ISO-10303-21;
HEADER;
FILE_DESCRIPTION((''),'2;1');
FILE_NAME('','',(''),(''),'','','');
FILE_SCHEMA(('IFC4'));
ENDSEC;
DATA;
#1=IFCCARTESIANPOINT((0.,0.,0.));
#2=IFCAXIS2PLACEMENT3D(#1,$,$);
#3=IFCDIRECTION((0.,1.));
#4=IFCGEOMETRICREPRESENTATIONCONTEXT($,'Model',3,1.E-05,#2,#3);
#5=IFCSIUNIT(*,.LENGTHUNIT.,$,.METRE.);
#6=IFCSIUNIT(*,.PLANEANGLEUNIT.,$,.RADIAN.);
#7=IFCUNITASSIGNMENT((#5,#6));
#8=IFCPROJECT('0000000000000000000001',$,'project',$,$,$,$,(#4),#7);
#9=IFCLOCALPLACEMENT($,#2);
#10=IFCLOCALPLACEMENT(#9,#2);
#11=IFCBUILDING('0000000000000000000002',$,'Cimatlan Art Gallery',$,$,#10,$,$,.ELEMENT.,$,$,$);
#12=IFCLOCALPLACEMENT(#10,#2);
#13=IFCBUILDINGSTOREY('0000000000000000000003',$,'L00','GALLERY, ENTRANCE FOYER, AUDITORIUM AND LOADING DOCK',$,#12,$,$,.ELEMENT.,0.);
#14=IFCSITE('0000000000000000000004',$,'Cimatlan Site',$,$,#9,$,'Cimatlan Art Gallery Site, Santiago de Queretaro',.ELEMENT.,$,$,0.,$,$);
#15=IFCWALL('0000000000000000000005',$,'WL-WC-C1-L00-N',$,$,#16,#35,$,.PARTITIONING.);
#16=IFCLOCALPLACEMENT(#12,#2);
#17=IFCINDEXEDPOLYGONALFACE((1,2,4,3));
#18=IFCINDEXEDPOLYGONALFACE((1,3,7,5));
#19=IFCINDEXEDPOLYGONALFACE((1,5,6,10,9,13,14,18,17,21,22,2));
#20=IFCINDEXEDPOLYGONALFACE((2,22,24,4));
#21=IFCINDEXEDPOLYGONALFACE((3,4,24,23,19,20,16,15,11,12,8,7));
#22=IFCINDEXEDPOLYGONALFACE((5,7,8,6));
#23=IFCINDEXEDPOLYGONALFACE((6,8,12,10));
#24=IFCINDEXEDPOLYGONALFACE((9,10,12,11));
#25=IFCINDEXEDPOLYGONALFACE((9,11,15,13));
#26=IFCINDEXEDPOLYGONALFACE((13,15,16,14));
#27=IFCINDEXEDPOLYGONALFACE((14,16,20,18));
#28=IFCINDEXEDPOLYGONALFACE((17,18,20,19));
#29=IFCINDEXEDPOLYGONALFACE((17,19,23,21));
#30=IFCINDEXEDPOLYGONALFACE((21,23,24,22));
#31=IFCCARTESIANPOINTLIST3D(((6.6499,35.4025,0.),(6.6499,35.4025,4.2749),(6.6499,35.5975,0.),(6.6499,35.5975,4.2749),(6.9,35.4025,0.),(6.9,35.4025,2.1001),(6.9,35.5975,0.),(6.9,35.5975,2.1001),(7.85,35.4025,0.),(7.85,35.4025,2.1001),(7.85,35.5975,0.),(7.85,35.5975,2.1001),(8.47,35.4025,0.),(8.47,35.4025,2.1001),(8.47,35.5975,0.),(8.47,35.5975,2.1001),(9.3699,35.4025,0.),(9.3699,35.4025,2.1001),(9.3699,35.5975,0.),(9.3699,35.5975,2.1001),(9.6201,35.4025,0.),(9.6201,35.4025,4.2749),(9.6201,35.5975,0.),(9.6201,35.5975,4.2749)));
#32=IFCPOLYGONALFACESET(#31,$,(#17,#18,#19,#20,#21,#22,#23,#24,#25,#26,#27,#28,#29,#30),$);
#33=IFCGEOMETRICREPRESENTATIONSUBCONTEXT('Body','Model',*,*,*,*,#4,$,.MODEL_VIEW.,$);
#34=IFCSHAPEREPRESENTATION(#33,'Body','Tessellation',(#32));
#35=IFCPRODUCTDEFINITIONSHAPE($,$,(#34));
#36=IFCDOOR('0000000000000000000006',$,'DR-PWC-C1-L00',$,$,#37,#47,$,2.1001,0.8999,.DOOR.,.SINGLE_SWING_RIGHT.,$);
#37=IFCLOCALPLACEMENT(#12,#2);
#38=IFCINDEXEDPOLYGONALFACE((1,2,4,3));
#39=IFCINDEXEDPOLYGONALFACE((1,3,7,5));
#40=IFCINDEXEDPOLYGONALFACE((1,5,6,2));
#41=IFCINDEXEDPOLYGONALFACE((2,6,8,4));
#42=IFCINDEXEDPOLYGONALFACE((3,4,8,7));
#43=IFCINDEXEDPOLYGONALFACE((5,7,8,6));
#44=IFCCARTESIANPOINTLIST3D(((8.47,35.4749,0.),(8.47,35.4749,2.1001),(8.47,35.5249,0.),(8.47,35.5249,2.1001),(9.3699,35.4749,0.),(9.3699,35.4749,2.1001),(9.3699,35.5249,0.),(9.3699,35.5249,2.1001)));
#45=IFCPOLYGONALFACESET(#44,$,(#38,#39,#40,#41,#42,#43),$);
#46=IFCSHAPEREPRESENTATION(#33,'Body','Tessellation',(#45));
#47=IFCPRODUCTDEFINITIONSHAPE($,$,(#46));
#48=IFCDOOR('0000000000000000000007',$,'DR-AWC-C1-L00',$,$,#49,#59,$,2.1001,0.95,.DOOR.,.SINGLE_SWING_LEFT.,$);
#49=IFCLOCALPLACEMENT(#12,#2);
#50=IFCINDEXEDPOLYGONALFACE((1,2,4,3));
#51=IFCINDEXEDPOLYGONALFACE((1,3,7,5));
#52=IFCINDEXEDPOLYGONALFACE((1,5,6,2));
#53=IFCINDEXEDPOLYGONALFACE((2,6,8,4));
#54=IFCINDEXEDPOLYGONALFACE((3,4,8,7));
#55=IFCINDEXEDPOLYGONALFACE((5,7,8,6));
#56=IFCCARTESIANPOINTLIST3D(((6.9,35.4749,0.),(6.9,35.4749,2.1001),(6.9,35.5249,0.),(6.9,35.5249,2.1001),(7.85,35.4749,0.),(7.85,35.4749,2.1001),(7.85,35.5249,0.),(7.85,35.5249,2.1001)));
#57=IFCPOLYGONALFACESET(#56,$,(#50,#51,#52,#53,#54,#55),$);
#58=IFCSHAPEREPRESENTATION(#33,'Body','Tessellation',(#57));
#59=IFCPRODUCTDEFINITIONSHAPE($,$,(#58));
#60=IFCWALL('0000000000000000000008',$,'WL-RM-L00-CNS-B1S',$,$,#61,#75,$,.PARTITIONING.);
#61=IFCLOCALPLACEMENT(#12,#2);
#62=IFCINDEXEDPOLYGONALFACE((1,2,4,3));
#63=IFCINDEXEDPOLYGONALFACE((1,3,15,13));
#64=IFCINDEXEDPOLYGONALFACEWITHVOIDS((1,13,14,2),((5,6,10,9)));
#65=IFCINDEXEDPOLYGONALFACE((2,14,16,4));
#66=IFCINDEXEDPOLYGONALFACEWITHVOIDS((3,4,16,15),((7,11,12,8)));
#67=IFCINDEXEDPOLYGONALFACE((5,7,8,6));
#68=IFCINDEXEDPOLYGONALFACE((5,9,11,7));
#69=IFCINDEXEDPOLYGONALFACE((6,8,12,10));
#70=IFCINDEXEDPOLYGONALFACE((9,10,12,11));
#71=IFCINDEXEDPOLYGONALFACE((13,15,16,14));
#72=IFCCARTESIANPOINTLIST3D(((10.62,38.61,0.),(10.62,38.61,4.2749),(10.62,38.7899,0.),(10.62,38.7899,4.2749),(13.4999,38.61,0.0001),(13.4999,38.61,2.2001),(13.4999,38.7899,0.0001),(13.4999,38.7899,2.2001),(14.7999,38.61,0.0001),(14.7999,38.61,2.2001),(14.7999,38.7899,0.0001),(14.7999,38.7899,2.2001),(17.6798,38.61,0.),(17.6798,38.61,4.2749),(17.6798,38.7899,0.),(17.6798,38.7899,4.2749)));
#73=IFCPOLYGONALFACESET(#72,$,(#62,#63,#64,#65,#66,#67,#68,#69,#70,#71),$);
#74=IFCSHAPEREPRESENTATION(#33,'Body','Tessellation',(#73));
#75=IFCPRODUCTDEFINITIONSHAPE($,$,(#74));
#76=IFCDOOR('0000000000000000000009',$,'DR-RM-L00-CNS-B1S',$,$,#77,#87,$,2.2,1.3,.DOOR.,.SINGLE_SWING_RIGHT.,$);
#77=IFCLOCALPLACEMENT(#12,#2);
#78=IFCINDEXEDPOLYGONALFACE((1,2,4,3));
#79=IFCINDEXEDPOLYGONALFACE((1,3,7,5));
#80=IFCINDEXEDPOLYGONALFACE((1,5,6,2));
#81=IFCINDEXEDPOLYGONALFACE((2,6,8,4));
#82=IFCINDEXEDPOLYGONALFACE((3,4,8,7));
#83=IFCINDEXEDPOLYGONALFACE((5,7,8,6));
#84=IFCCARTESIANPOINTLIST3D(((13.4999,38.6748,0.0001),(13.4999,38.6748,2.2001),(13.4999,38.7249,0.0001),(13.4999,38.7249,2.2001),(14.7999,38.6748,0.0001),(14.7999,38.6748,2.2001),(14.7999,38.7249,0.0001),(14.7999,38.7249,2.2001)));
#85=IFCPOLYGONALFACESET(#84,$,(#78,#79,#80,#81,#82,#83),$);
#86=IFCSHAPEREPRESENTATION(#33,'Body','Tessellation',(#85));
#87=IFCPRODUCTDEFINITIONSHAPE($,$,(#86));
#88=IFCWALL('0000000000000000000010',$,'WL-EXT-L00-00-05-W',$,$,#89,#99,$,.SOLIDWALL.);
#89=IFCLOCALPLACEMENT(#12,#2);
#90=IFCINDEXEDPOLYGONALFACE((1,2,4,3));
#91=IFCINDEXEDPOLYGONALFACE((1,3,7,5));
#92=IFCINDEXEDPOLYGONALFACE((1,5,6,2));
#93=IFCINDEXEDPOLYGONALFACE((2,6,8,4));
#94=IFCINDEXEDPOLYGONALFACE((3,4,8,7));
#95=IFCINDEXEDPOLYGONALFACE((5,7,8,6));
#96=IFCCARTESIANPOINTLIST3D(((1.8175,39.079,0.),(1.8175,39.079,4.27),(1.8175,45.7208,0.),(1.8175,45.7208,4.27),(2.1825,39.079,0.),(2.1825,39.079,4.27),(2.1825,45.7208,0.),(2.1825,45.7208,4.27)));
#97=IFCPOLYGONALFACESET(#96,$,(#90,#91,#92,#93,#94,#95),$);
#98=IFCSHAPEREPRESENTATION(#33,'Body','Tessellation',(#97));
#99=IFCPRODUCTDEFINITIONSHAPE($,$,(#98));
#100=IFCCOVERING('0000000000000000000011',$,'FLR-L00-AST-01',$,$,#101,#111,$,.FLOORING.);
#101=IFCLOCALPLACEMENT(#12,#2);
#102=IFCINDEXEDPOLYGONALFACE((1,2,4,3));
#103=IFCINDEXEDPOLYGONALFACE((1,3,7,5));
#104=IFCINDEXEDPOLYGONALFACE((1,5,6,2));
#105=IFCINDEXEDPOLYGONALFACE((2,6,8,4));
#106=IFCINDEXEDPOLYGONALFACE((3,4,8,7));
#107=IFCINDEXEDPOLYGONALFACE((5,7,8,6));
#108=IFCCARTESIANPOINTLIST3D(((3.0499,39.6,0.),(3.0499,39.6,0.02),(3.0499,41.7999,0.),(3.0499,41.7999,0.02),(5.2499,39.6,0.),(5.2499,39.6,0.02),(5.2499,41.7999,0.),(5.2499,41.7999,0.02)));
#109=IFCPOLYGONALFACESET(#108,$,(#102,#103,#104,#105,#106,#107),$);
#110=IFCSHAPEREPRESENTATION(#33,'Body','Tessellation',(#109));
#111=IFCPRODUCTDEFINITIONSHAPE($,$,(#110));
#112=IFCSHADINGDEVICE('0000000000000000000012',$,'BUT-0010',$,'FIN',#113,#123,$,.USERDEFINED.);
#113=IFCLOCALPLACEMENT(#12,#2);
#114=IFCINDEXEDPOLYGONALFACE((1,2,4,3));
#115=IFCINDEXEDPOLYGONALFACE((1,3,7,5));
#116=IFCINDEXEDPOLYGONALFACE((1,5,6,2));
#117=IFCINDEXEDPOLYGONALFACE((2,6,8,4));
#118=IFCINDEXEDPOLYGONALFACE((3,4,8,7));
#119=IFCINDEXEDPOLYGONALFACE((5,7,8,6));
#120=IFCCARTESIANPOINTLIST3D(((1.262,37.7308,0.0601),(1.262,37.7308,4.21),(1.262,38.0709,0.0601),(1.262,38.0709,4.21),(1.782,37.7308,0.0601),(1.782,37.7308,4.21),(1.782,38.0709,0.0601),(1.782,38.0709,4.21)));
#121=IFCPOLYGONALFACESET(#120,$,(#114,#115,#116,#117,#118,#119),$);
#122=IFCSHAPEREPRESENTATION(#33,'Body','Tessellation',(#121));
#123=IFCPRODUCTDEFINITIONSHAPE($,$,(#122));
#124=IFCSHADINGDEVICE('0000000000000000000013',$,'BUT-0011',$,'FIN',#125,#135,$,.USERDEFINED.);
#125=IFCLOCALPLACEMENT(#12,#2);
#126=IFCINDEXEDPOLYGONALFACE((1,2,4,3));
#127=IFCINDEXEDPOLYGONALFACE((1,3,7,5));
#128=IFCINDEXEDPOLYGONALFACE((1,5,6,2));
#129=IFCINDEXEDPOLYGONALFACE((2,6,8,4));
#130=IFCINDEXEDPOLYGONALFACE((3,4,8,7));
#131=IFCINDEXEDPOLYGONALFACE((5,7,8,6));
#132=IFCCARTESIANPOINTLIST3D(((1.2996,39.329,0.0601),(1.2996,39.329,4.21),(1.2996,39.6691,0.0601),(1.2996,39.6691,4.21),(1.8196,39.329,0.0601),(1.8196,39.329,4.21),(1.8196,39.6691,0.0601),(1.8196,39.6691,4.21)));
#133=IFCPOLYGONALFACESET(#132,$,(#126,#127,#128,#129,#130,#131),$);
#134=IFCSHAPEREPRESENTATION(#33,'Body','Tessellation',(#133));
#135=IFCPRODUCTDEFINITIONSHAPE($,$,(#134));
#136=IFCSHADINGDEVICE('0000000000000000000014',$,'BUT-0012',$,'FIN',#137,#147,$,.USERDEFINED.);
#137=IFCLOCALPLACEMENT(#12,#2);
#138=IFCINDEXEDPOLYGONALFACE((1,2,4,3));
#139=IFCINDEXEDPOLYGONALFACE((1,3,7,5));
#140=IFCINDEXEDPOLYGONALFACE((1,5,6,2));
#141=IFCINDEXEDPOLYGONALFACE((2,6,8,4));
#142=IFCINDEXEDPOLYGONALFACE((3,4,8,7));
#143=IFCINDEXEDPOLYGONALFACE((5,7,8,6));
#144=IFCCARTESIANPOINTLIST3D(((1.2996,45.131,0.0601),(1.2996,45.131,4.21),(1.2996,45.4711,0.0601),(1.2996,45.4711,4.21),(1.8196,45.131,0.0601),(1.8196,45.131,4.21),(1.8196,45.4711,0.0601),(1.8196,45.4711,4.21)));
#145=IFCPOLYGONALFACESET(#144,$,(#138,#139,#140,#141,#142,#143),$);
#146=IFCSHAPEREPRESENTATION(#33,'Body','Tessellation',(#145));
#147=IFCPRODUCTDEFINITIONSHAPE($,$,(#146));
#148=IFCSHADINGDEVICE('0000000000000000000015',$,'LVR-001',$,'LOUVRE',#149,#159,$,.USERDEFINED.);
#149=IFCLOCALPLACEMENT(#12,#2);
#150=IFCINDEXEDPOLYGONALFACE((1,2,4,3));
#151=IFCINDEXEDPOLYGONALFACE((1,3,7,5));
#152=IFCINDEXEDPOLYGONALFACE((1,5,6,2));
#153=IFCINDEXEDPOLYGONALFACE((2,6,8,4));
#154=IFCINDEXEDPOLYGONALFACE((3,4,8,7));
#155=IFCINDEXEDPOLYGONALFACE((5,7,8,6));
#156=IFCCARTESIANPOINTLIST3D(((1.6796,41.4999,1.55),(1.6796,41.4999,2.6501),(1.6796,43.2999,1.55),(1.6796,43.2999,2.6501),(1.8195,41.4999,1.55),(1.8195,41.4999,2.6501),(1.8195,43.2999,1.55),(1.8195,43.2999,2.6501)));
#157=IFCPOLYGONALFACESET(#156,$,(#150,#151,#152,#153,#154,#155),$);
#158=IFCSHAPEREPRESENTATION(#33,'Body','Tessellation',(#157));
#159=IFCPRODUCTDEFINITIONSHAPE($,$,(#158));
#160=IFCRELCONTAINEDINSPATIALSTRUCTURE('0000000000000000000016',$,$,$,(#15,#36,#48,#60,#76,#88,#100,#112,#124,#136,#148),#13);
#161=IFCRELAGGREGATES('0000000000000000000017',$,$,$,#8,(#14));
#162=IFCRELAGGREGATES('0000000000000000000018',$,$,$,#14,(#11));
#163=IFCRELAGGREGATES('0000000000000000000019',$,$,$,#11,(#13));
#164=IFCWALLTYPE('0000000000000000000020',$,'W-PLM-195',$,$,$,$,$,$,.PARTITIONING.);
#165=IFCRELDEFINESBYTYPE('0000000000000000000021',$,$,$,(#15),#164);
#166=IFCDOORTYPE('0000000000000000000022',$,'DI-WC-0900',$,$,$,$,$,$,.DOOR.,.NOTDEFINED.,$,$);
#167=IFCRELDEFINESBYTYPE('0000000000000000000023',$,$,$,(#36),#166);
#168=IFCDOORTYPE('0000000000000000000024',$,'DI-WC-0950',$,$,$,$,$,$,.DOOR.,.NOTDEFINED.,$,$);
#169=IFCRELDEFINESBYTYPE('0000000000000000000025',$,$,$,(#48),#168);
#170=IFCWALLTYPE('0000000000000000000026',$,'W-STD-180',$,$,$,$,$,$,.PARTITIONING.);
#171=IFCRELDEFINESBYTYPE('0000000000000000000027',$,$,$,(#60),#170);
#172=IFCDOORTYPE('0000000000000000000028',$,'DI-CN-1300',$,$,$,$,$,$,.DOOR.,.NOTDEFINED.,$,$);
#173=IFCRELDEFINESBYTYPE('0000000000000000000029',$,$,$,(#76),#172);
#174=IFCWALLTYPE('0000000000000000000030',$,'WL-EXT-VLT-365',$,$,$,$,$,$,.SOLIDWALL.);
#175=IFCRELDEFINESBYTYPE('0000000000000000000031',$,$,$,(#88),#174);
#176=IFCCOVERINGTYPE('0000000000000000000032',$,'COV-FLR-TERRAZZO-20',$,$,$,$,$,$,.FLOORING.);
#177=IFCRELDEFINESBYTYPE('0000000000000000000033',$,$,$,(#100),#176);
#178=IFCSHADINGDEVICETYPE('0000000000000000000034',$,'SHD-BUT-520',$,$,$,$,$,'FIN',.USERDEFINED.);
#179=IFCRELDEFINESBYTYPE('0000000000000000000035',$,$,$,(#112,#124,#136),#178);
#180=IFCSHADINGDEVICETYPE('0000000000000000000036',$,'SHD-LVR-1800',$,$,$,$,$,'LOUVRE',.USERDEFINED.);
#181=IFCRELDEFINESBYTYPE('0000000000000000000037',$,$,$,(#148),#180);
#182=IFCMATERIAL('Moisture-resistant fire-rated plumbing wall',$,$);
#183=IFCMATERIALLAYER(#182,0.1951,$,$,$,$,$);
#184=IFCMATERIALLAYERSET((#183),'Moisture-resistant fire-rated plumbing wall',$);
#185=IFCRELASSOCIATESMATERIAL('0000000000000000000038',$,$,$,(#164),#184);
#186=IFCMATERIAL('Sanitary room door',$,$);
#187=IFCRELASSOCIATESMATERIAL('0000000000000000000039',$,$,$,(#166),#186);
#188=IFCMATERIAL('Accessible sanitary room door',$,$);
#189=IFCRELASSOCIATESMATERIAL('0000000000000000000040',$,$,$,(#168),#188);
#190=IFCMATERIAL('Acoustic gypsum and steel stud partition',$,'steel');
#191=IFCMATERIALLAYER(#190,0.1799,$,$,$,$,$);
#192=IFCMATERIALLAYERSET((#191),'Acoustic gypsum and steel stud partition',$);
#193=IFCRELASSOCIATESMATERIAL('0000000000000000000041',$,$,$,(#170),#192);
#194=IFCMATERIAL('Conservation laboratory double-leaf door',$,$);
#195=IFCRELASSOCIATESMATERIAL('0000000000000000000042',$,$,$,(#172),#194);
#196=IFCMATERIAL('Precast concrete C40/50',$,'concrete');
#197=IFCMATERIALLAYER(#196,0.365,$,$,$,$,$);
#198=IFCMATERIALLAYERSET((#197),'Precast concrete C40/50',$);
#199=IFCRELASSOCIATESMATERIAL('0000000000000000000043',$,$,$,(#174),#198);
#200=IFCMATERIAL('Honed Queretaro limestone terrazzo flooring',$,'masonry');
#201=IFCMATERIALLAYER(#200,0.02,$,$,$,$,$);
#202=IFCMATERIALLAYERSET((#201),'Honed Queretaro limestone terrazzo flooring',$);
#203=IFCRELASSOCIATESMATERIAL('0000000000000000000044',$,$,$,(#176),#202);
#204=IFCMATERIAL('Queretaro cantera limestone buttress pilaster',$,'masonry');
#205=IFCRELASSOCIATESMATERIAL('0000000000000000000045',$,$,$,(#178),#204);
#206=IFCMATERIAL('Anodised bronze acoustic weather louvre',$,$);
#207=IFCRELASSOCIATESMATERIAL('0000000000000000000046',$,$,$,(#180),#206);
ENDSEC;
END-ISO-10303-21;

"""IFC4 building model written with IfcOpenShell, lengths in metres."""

from ifc_helpers import new_model, si_unit, direction, frame, frame_2d, origin, origin_2d, place, context, subcontext, project, spatial, rectangle, extrude, material, layer, layer_set, type_object, element, fill, save


model = new_model("IFC4")

# Units and contexts
model_context = context("Model", 3, precision=1e-05, world=origin(), true_north=direction((0.0, 1.0)))
body_context = subcontext(model_context, "Body", "Model", "MODEL_VIEW")
ifc_project = project(units=[si_unit("LENGTHUNIT", "METRE"), si_unit("PLANEANGLEUNIT", "RADIAN")], contexts=[model_context])

# Site, building, storey
site_placement = place(None, origin())
site = spatial("IfcSite", under=ifc_project, at=site_placement, Name="Cimatlan Site", LongName="Cimatlan Art Gallery Site, Santiago de Queretaro", CompositionType="ELEMENT", RefElevation=0.0)
building_placement = place(site_placement, origin())
building = spatial("IfcBuilding", under=site, at=building_placement, Name="Cimatlan Art Gallery", CompositionType="ELEMENT")
storey_placement = place(building_placement, origin())
storey = spatial("IfcBuildingStorey", under=building, at=storey_placement, Name="L00", Description="GALLERY, ENTRANCE FOYER, AUDITORIUM AND LOADING DOCK", CompositionType="ELEMENT", Elevation=0.0)

# Shared definitions
ifc_material_1 = material(Name="Precast concrete C40/50", Category="concrete")
ifc_material_2 = material(Name="Acoustic gypsum and steel stud partition", Category="steel")

# Wall, openings, doors
ifc_material_3 = material(Name="Moisture-resistant fire-rated plumbing wall")
ifc_layer_1 = layer(ifc_material_3, 0.1951)
ifc_layer_set_1 = layer_set([ifc_layer_1], Name="Moisture-resistant fire-rated plumbing wall")
wall_type_1 = type_object("IfcWallType", Name="W-PLM-195", PredefinedType="PARTITIONING", material=ifc_layer_set_1)
wall_1_placement = place(storey_placement, frame((6.6499, 35.5, 0.0), z_axis=(0.0, 0.0, 1.0), x_axis=(1.0, 0.0, 0.0)))
wall_1 = element("IfcWall", 1, at=wall_1_placement, inside=storey, type_object=wall_type_1, Name="WL-WC-C1-L00-N", PredefinedType="PARTITIONING", context=body_context, shape_type="SweptSolid", body=[
    extrude(rectangle(XDim=2.9702, YDim=0.1951, at=frame_2d((1.4851, 0.0))), origin(), (0.0, 0.0, 1.0), 4.2749),
])
opening_1_placement = place(wall_1_placement, frame((0.25, 0.0, 0.0)))
opening_1 = element("IfcOpeningElement", 2, at=opening_1_placement, cuts=wall_1, PredefinedType="OPENING", context=body_context, shape_type="SweptSolid", body=[
    extrude(rectangle(XDim=0.95, YDim=2.1001, at=frame_2d((0.4751, 1.05))), frame((0.0, 0.1074, 0.0), z_axis=(0.0, -1.0, 0.0), x_axis=(1.0, 0.0, 0.0)), (0.0, 0.0, 1.0), 0.2151),
])
opening_2_placement = place(wall_1_placement, frame((1.8201, 0.0, 0.0)))
opening_2 = element("IfcOpeningElement", 3, at=opening_2_placement, cuts=wall_1, PredefinedType="OPENING", context=body_context, shape_type="SweptSolid", body=[
    extrude(rectangle(XDim=0.8999, YDim=2.1001, at=frame_2d((0.45, 1.05))), frame((0.0, 0.1074, 0.0), z_axis=(0.0, -1.0, 0.0), x_axis=(1.0, 0.0, 0.0)), (0.0, 0.0, 1.0), 0.2151),
])
ifc_material_4 = material(Name="Sanitary room door")
door_type_1 = type_object("IfcDoorType", Name="DI-WC-0900", OperationType="NOTDEFINED", PredefinedType="DOOR", material=ifc_material_4)
door_1_placement = place(opening_2_placement, origin())
door_1 = element("IfcDoor", 4, at=door_1_placement, inside=storey, type_object=door_type_1, Name="DR-PWC-C1-L00", OperationType="SINGLE_SWING_RIGHT", OverallHeight=2.1001, OverallWidth=0.8999, PredefinedType="DOOR", context=body_context, shape_type="SweptSolid", body=[
    extrude(rectangle(XDim=0.8999, YDim=2.1001, at=frame_2d((0.45, 1.05))), frame((0.0, 0.0249, 0.0), z_axis=(0.0, -1.0, 0.0), x_axis=(1.0, 0.0, 0.0)), (0.0, 0.0, 1.0), 0.05),
])
fill(opening_2, door_1)
ifc_material_5 = material(Name="Accessible sanitary room door")
door_type_2 = type_object("IfcDoorType", Name="DI-WC-0950", OperationType="NOTDEFINED", PredefinedType="DOOR", material=ifc_material_5)
door_2_placement = place(opening_1_placement, origin())
door_2 = element("IfcDoor", 5, at=door_2_placement, inside=storey, type_object=door_type_2, Name="DR-AWC-C1-L00", OperationType="SINGLE_SWING_LEFT", OverallHeight=2.1001, OverallWidth=0.95, PredefinedType="DOOR", context=body_context, shape_type="SweptSolid", body=[
    extrude(rectangle(XDim=0.95, YDim=2.1001, at=frame_2d((0.4751, 1.05))), frame((0.0, 0.0249, 0.0), z_axis=(0.0, -1.0, 0.0), x_axis=(1.0, 0.0, 0.0)), (0.0, 0.0, 1.0), 0.05),
])
fill(opening_1, door_2)

# Wall, opening, door
ifc_layer_2 = layer(ifc_material_2, 0.1799)
ifc_layer_set_2 = layer_set([ifc_layer_2], Name="Acoustic gypsum and steel stud partition")
wall_type_2 = type_object("IfcWallType", Name="W-STD-180", PredefinedType="PARTITIONING", material=ifc_layer_set_2)
wall_2_placement = place(storey_placement, frame((10.6201, 38.7, 0.0), z_axis=(0.0, 0.0, 1.0), x_axis=(1.0, 0.0, 0.0)))
wall_2 = element("IfcWall", 6, at=wall_2_placement, inside=storey, type_object=wall_type_2, Name="WL-RM-L00-CNS-B1S", PredefinedType="PARTITIONING", context=body_context, shape_type="SweptSolid", body=[
    extrude(rectangle(XDim=7.0598, YDim=0.1799, at=frame_2d((3.5298, 0.0))), origin(), (0.0, 0.0, 1.0), 4.2749),
])
opening_3_placement = place(wall_2_placement, frame((2.8799, 0.0, 0.0)))
opening_3 = element("IfcOpeningElement", 7, at=opening_3_placement, cuts=wall_2, PredefinedType="OPENING", context=body_context, shape_type="SweptSolid", body=[
    extrude(rectangle(XDim=1.3, YDim=2.2, at=frame_2d((0.6499, 1.1001))), frame((0.0, 0.1001, 0.0), z_axis=(0.0, -1.0, 0.0), x_axis=(1.0, 0.0, 0.0)), (0.0, 0.0, 1.0), 0.2),
])
ifc_material_6 = material(Name="Conservation laboratory double-leaf door")
door_type_3 = type_object("IfcDoorType", Name="DI-CN-1300", OperationType="NOTDEFINED", PredefinedType="DOOR", material=ifc_material_6)
door_3_placement = place(opening_3_placement, origin())
door_3 = element("IfcDoor", 8, at=door_3_placement, inside=storey, type_object=door_type_3, Name="DR-RM-L00-CNS-B1S", OperationType="SINGLE_SWING_RIGHT", OverallHeight=2.2, OverallWidth=1.3, PredefinedType="DOOR", context=body_context, shape_type="SweptSolid", body=[
    extrude(rectangle(XDim=1.3, YDim=2.2, at=frame_2d((0.6499, 1.1001))), frame((0.0, 0.0249, 0.0), z_axis=(0.0, -1.0, 0.0), x_axis=(1.0, 0.0, 0.0)), (0.0, 0.0, 1.0), 0.05),
])
fill(opening_3, door_3)

# Wall
ifc_layer_3 = layer(ifc_material_1, 0.365)
ifc_layer_set_3 = layer_set([ifc_layer_3], Name="Precast concrete C40/50")
wall_type_3 = type_object("IfcWallType", Name="WL-EXT-VLT-365", PredefinedType="SOLIDWALL", material=ifc_layer_set_3)
wall_3_placement = place(storey_placement, frame((2.0, 39.0791, 0.0), z_axis=(0.0, 0.0, 1.0), x_axis=(0.0, 1.0, 0.0)))
element("IfcWall", 9, at=wall_3_placement, inside=storey, type_object=wall_type_3, Name="WL-EXT-L00-00-05-W", PredefinedType="SOLIDWALL", context=body_context, shape_type="SweptSolid", body=[
    extrude(rectangle(XDim=6.6418, YDim=0.365, at=frame_2d((3.3208, 0.0))), origin(), (0.0, 0.0, 1.0), 4.27),
])

# Covering
ifc_material_7 = material(Name="Honed Queretaro limestone terrazzo flooring", Category="masonry")
ifc_layer_4 = layer(ifc_material_7, 0.02)
ifc_layer_set_4 = layer_set([ifc_layer_4], Name="Honed Queretaro limestone terrazzo flooring")
covering_type = type_object("IfcCoveringType", Name="COV-FLR-TERRAZZO-20", PredefinedType="FLOORING", material=ifc_layer_set_4)
covering_placement = place(storey_placement, frame((4.1499, 40.7, 0.0), z_axis=(0.0, 0.0, 1.0), x_axis=(1.0, 0.0, 0.0)))
element("IfcCovering", 10, at=covering_placement, inside=storey, type_object=covering_type, Name="FLR-L00-AST-01", PredefinedType="FLOORING", context=body_context, shape_type="SweptSolid", body=[
    extrude(rectangle(XDim=2.2, YDim=2.2, at=origin_2d()), origin(), (0.0, 0.0, 1.0), 0.02),
])

# Shading devices
ifc_material_8 = material(Name="Queretaro cantera limestone buttress pilaster", Category="masonry")
shading_device_type_1 = type_object("IfcShadingDeviceType", Name="SHD-BUT-520", ElementType="FIN", PredefinedType="USERDEFINED", material=ifc_material_8)
for number, where, z_axis, x_axis, name in (
    (11, (1.522, 37.9009, 0.0601), (0.0, 0.0, 1.0), (0.0, 1.0, 0.0), "BUT-0010"),
    (12, (1.5596, 39.499, 0.0601), (0.0, 0.0, 1.0), (0.0, 1.0, 0.0), "BUT-0011"),
    (13, (1.5596, 45.301, 0.0601), (0.0, 0.0, 1.0), (0.0, 1.0, 0.0), "BUT-0012"),
):
    element("IfcShadingDevice", number, at=place(storey_placement, frame(where, z_axis=z_axis, x_axis=x_axis)), inside=storey, type_object=shading_device_type_1, Name=name, ObjectType="FIN", PredefinedType="USERDEFINED", context=body_context, shape_type="SweptSolid", body=[
        extrude(rectangle(XDim=0.3401, YDim=0.52, at=origin_2d()), origin(), (0.0, 0.0, 1.0), 4.1499),
    ])
ifc_material_9 = material(Name="Anodised bronze acoustic weather louvre")
shading_device_type_2 = type_object("IfcShadingDeviceType", Name="SHD-LVR-1800", ElementType="LOUVRE", PredefinedType="USERDEFINED", material=ifc_material_9)
shading_device_placement = place(storey_placement, frame((1.7495, 42.3999, 1.55), z_axis=(0.0, 0.0, 1.0), x_axis=(0.0, 1.0, 0.0)))
element("IfcShadingDevice", 14, at=shading_device_placement, inside=storey, type_object=shading_device_type_2, Name="LVR-001", ObjectType="LOUVRE", PredefinedType="USERDEFINED", context=body_context, shape_type="SweptSolid", body=[
    extrude(rectangle(XDim=1.8, YDim=0.1399, at=origin_2d()), origin(), (0.0, 0.0, 1.0), 1.1001),
])

save(model, "model.ifc")
